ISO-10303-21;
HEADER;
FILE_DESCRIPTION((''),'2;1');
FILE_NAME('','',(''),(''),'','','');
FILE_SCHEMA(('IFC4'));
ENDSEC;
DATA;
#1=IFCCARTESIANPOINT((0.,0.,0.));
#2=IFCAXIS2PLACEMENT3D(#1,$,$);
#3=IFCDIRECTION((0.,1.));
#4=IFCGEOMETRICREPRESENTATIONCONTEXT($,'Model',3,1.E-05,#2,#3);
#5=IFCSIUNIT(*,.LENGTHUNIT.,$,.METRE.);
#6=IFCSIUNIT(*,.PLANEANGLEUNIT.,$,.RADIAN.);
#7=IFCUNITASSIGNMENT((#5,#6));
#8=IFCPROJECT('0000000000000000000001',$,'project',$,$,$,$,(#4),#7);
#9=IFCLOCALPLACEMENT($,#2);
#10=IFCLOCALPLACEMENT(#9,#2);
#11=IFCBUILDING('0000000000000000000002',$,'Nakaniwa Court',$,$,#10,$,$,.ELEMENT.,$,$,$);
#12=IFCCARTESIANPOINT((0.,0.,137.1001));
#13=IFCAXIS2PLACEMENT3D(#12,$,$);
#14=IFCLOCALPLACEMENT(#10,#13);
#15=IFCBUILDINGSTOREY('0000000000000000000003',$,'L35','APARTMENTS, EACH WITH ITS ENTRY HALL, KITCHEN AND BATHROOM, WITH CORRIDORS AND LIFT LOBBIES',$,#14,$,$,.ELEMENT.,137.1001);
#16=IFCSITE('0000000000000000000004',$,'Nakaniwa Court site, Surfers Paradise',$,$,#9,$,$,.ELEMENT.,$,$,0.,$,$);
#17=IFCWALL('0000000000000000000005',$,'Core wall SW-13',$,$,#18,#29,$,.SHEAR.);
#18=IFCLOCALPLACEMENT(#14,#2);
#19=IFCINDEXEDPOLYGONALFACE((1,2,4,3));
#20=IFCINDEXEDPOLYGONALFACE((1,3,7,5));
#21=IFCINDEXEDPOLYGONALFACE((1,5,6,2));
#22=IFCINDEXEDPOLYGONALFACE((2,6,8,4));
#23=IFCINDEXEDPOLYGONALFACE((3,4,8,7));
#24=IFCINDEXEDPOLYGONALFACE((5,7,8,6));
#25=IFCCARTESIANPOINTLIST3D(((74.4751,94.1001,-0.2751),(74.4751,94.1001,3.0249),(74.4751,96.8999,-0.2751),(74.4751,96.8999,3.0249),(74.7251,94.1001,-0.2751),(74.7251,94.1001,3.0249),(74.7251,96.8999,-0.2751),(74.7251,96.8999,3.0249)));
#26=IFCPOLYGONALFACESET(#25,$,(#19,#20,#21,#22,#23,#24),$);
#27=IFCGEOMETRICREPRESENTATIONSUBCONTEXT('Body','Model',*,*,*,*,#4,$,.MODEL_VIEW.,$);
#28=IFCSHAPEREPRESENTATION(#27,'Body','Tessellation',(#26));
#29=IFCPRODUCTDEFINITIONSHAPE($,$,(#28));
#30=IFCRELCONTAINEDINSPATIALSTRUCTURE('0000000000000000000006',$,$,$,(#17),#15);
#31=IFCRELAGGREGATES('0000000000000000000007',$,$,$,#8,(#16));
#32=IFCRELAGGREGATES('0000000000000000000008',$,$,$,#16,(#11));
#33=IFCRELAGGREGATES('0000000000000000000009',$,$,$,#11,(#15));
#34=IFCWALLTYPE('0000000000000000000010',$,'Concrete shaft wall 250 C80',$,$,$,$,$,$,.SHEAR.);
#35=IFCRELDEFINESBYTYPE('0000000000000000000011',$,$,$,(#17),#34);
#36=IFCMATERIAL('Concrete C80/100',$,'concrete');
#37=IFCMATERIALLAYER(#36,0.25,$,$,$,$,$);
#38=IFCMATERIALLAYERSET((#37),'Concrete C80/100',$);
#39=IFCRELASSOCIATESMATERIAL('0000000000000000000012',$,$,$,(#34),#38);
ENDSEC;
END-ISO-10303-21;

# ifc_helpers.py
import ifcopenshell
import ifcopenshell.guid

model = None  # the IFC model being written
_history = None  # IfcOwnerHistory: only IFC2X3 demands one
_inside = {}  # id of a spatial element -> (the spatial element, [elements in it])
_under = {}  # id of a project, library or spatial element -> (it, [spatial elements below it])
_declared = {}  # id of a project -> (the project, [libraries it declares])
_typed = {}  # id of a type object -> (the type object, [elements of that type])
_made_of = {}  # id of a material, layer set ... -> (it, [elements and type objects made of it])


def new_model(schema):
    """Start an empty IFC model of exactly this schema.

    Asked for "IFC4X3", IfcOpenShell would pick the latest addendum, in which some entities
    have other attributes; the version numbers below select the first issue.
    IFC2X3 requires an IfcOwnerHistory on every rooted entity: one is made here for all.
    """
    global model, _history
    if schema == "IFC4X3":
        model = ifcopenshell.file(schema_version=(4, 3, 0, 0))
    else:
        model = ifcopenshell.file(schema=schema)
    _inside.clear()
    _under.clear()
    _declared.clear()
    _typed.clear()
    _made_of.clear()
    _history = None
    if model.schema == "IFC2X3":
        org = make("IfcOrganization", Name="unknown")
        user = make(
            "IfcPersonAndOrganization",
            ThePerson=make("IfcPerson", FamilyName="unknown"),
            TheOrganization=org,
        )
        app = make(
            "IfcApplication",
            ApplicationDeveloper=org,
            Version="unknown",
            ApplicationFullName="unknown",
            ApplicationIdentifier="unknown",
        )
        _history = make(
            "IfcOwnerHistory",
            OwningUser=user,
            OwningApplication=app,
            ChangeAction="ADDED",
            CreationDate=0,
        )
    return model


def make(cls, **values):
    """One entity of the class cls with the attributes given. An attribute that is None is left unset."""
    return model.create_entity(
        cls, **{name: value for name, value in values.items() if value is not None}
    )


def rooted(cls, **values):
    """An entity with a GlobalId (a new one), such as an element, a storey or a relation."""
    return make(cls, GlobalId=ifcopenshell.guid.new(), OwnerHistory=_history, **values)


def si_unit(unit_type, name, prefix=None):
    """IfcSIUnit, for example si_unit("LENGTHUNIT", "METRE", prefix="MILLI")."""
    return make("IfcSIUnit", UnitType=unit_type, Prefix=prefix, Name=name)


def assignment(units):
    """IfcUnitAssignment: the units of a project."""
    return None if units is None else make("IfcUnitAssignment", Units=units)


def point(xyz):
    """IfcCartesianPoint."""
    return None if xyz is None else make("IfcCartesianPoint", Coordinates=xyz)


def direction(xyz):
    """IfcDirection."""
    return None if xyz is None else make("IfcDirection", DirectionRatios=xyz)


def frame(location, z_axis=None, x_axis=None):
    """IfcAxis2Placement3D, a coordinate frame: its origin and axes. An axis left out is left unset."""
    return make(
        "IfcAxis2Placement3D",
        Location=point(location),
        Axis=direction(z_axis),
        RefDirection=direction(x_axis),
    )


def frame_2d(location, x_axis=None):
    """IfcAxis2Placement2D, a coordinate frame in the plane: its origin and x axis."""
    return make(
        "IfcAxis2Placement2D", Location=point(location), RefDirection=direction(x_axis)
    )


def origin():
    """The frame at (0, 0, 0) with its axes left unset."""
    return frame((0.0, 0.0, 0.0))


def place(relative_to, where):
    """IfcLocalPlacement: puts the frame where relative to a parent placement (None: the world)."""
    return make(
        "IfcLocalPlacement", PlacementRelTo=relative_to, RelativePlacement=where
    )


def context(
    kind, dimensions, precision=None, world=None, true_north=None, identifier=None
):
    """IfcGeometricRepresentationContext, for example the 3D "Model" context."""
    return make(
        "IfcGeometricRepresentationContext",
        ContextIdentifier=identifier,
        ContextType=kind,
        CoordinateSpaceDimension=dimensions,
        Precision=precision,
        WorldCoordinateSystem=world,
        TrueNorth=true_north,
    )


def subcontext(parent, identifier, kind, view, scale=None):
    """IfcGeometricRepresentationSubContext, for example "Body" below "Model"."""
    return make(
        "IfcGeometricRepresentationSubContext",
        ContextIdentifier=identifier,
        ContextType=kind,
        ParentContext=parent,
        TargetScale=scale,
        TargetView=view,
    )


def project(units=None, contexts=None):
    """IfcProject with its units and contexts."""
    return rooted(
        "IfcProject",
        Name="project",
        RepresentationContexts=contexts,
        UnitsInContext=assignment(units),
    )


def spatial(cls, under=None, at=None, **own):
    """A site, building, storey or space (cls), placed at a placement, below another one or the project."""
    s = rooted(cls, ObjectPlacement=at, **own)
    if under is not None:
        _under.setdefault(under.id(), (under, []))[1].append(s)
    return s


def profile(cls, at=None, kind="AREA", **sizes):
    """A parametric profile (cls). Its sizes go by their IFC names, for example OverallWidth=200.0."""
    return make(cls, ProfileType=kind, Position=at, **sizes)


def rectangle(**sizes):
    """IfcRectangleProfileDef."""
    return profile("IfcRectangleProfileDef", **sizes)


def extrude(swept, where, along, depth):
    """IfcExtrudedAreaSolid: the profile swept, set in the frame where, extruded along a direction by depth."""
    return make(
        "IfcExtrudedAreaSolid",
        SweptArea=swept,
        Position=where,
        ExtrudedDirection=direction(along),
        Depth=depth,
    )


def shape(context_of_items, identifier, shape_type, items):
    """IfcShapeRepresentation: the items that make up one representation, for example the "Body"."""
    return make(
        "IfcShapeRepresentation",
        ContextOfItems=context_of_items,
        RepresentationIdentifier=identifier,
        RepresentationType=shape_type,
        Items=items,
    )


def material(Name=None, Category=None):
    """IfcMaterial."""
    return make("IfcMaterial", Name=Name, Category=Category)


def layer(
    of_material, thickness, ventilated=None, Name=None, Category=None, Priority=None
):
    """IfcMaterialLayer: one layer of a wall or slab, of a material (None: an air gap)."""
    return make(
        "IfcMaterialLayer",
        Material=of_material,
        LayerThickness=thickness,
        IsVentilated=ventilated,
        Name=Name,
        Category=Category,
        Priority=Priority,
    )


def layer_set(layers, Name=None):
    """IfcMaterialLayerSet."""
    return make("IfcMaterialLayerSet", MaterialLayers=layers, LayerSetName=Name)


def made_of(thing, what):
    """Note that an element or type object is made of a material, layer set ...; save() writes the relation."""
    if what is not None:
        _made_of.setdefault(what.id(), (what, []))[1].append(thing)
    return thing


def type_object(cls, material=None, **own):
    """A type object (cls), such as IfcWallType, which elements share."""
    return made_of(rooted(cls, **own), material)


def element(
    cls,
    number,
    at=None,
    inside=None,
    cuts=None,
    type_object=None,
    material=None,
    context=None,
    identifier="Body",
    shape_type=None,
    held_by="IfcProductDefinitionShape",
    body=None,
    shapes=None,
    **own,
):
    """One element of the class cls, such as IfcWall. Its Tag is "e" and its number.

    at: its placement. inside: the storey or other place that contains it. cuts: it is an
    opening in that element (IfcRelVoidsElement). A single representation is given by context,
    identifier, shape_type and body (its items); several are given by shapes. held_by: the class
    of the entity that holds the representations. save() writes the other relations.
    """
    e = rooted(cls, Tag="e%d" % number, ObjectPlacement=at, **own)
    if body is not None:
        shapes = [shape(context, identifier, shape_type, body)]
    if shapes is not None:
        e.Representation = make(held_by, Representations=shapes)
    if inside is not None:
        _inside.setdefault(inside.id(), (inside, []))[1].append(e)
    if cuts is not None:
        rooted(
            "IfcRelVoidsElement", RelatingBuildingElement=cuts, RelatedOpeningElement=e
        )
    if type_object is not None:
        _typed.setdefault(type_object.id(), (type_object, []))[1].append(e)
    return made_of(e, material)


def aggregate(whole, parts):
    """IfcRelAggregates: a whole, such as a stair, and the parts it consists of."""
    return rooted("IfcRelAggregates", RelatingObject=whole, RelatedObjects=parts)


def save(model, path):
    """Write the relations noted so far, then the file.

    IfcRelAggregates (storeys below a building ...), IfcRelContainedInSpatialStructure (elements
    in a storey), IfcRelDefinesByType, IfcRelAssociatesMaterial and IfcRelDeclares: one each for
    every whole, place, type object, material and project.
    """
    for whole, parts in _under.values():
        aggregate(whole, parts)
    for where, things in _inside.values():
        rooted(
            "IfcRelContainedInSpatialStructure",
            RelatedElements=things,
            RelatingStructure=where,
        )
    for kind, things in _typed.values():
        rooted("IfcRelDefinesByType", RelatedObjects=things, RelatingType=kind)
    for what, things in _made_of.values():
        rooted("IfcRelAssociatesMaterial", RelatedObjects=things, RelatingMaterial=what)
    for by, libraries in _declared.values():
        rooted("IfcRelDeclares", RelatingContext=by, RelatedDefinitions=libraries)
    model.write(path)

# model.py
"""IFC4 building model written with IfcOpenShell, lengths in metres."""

from ifc_helpers import new_model, si_unit, direction, frame, frame_2d, origin, place, context, subcontext, project, spatial, rectangle, extrude, material, layer, layer_set, type_object, element, save


model = new_model("IFC4")

# Units and contexts
model_context = context("Model", 3, precision=1e-05, world=origin(), true_north=direction((0.0, 1.0)))
body_context = subcontext(model_context, "Body", "Model", "MODEL_VIEW")
ifc_project = project(units=[si_unit("LENGTHUNIT", "METRE"), si_unit("PLANEANGLEUNIT", "RADIAN")], contexts=[model_context])

# Site, building, storey
site_placement = place(None, origin())
site = spatial("IfcSite", under=ifc_project, at=site_placement, Name="Nakaniwa Court site, Surfers Paradise", CompositionType="ELEMENT", RefElevation=0.0)
building_placement = place(site_placement, origin())
building = spatial("IfcBuilding", under=site, at=building_placement, Name="Nakaniwa Court", CompositionType="ELEMENT")
storey_placement = place(building_placement, frame((0.0, 0.0, 137.1001)))
storey = spatial("IfcBuildingStorey", under=building, at=storey_placement, Name="L35", Description="APARTMENTS, EACH WITH ITS ENTRY HALL, KITCHEN AND BATHROOM, WITH CORRIDORS AND LIFT LOBBIES", CompositionType="ELEMENT", Elevation=137.1001)

# Shared definitions
ifc_material_1 = material(Name="Concrete C80/100", Category="concrete")

# Wall
ifc_layer_1 = layer(ifc_material_1, 0.25)
ifc_layer_set_1 = layer_set([ifc_layer_1], Name="Concrete C80/100")
wall_type_1 = type_object("IfcWallType", Name="Concrete shaft wall 250 C80", PredefinedType="SHEAR", material=ifc_layer_set_1)
wall_1_placement = place(storey_placement, frame((74.6001, 94.1001, -0.2751), z_axis=(0.0, 0.0, 1.0), x_axis=(0.0, 1.0, 0.0)))
element("IfcWall", 1, at=wall_1_placement, inside=storey, type_object=wall_type_1, Name="Core wall SW-13", PredefinedType="SHEAR", context=body_context, shape_type="SweptSolid", body=[
    extrude(rectangle(XDim=2.7998, YDim=0.25, at=frame_2d((1.3999, 0.0))), origin(), (0.0, 0.0, 1.0), 3.3),
])

save(model, "model.ifc")
